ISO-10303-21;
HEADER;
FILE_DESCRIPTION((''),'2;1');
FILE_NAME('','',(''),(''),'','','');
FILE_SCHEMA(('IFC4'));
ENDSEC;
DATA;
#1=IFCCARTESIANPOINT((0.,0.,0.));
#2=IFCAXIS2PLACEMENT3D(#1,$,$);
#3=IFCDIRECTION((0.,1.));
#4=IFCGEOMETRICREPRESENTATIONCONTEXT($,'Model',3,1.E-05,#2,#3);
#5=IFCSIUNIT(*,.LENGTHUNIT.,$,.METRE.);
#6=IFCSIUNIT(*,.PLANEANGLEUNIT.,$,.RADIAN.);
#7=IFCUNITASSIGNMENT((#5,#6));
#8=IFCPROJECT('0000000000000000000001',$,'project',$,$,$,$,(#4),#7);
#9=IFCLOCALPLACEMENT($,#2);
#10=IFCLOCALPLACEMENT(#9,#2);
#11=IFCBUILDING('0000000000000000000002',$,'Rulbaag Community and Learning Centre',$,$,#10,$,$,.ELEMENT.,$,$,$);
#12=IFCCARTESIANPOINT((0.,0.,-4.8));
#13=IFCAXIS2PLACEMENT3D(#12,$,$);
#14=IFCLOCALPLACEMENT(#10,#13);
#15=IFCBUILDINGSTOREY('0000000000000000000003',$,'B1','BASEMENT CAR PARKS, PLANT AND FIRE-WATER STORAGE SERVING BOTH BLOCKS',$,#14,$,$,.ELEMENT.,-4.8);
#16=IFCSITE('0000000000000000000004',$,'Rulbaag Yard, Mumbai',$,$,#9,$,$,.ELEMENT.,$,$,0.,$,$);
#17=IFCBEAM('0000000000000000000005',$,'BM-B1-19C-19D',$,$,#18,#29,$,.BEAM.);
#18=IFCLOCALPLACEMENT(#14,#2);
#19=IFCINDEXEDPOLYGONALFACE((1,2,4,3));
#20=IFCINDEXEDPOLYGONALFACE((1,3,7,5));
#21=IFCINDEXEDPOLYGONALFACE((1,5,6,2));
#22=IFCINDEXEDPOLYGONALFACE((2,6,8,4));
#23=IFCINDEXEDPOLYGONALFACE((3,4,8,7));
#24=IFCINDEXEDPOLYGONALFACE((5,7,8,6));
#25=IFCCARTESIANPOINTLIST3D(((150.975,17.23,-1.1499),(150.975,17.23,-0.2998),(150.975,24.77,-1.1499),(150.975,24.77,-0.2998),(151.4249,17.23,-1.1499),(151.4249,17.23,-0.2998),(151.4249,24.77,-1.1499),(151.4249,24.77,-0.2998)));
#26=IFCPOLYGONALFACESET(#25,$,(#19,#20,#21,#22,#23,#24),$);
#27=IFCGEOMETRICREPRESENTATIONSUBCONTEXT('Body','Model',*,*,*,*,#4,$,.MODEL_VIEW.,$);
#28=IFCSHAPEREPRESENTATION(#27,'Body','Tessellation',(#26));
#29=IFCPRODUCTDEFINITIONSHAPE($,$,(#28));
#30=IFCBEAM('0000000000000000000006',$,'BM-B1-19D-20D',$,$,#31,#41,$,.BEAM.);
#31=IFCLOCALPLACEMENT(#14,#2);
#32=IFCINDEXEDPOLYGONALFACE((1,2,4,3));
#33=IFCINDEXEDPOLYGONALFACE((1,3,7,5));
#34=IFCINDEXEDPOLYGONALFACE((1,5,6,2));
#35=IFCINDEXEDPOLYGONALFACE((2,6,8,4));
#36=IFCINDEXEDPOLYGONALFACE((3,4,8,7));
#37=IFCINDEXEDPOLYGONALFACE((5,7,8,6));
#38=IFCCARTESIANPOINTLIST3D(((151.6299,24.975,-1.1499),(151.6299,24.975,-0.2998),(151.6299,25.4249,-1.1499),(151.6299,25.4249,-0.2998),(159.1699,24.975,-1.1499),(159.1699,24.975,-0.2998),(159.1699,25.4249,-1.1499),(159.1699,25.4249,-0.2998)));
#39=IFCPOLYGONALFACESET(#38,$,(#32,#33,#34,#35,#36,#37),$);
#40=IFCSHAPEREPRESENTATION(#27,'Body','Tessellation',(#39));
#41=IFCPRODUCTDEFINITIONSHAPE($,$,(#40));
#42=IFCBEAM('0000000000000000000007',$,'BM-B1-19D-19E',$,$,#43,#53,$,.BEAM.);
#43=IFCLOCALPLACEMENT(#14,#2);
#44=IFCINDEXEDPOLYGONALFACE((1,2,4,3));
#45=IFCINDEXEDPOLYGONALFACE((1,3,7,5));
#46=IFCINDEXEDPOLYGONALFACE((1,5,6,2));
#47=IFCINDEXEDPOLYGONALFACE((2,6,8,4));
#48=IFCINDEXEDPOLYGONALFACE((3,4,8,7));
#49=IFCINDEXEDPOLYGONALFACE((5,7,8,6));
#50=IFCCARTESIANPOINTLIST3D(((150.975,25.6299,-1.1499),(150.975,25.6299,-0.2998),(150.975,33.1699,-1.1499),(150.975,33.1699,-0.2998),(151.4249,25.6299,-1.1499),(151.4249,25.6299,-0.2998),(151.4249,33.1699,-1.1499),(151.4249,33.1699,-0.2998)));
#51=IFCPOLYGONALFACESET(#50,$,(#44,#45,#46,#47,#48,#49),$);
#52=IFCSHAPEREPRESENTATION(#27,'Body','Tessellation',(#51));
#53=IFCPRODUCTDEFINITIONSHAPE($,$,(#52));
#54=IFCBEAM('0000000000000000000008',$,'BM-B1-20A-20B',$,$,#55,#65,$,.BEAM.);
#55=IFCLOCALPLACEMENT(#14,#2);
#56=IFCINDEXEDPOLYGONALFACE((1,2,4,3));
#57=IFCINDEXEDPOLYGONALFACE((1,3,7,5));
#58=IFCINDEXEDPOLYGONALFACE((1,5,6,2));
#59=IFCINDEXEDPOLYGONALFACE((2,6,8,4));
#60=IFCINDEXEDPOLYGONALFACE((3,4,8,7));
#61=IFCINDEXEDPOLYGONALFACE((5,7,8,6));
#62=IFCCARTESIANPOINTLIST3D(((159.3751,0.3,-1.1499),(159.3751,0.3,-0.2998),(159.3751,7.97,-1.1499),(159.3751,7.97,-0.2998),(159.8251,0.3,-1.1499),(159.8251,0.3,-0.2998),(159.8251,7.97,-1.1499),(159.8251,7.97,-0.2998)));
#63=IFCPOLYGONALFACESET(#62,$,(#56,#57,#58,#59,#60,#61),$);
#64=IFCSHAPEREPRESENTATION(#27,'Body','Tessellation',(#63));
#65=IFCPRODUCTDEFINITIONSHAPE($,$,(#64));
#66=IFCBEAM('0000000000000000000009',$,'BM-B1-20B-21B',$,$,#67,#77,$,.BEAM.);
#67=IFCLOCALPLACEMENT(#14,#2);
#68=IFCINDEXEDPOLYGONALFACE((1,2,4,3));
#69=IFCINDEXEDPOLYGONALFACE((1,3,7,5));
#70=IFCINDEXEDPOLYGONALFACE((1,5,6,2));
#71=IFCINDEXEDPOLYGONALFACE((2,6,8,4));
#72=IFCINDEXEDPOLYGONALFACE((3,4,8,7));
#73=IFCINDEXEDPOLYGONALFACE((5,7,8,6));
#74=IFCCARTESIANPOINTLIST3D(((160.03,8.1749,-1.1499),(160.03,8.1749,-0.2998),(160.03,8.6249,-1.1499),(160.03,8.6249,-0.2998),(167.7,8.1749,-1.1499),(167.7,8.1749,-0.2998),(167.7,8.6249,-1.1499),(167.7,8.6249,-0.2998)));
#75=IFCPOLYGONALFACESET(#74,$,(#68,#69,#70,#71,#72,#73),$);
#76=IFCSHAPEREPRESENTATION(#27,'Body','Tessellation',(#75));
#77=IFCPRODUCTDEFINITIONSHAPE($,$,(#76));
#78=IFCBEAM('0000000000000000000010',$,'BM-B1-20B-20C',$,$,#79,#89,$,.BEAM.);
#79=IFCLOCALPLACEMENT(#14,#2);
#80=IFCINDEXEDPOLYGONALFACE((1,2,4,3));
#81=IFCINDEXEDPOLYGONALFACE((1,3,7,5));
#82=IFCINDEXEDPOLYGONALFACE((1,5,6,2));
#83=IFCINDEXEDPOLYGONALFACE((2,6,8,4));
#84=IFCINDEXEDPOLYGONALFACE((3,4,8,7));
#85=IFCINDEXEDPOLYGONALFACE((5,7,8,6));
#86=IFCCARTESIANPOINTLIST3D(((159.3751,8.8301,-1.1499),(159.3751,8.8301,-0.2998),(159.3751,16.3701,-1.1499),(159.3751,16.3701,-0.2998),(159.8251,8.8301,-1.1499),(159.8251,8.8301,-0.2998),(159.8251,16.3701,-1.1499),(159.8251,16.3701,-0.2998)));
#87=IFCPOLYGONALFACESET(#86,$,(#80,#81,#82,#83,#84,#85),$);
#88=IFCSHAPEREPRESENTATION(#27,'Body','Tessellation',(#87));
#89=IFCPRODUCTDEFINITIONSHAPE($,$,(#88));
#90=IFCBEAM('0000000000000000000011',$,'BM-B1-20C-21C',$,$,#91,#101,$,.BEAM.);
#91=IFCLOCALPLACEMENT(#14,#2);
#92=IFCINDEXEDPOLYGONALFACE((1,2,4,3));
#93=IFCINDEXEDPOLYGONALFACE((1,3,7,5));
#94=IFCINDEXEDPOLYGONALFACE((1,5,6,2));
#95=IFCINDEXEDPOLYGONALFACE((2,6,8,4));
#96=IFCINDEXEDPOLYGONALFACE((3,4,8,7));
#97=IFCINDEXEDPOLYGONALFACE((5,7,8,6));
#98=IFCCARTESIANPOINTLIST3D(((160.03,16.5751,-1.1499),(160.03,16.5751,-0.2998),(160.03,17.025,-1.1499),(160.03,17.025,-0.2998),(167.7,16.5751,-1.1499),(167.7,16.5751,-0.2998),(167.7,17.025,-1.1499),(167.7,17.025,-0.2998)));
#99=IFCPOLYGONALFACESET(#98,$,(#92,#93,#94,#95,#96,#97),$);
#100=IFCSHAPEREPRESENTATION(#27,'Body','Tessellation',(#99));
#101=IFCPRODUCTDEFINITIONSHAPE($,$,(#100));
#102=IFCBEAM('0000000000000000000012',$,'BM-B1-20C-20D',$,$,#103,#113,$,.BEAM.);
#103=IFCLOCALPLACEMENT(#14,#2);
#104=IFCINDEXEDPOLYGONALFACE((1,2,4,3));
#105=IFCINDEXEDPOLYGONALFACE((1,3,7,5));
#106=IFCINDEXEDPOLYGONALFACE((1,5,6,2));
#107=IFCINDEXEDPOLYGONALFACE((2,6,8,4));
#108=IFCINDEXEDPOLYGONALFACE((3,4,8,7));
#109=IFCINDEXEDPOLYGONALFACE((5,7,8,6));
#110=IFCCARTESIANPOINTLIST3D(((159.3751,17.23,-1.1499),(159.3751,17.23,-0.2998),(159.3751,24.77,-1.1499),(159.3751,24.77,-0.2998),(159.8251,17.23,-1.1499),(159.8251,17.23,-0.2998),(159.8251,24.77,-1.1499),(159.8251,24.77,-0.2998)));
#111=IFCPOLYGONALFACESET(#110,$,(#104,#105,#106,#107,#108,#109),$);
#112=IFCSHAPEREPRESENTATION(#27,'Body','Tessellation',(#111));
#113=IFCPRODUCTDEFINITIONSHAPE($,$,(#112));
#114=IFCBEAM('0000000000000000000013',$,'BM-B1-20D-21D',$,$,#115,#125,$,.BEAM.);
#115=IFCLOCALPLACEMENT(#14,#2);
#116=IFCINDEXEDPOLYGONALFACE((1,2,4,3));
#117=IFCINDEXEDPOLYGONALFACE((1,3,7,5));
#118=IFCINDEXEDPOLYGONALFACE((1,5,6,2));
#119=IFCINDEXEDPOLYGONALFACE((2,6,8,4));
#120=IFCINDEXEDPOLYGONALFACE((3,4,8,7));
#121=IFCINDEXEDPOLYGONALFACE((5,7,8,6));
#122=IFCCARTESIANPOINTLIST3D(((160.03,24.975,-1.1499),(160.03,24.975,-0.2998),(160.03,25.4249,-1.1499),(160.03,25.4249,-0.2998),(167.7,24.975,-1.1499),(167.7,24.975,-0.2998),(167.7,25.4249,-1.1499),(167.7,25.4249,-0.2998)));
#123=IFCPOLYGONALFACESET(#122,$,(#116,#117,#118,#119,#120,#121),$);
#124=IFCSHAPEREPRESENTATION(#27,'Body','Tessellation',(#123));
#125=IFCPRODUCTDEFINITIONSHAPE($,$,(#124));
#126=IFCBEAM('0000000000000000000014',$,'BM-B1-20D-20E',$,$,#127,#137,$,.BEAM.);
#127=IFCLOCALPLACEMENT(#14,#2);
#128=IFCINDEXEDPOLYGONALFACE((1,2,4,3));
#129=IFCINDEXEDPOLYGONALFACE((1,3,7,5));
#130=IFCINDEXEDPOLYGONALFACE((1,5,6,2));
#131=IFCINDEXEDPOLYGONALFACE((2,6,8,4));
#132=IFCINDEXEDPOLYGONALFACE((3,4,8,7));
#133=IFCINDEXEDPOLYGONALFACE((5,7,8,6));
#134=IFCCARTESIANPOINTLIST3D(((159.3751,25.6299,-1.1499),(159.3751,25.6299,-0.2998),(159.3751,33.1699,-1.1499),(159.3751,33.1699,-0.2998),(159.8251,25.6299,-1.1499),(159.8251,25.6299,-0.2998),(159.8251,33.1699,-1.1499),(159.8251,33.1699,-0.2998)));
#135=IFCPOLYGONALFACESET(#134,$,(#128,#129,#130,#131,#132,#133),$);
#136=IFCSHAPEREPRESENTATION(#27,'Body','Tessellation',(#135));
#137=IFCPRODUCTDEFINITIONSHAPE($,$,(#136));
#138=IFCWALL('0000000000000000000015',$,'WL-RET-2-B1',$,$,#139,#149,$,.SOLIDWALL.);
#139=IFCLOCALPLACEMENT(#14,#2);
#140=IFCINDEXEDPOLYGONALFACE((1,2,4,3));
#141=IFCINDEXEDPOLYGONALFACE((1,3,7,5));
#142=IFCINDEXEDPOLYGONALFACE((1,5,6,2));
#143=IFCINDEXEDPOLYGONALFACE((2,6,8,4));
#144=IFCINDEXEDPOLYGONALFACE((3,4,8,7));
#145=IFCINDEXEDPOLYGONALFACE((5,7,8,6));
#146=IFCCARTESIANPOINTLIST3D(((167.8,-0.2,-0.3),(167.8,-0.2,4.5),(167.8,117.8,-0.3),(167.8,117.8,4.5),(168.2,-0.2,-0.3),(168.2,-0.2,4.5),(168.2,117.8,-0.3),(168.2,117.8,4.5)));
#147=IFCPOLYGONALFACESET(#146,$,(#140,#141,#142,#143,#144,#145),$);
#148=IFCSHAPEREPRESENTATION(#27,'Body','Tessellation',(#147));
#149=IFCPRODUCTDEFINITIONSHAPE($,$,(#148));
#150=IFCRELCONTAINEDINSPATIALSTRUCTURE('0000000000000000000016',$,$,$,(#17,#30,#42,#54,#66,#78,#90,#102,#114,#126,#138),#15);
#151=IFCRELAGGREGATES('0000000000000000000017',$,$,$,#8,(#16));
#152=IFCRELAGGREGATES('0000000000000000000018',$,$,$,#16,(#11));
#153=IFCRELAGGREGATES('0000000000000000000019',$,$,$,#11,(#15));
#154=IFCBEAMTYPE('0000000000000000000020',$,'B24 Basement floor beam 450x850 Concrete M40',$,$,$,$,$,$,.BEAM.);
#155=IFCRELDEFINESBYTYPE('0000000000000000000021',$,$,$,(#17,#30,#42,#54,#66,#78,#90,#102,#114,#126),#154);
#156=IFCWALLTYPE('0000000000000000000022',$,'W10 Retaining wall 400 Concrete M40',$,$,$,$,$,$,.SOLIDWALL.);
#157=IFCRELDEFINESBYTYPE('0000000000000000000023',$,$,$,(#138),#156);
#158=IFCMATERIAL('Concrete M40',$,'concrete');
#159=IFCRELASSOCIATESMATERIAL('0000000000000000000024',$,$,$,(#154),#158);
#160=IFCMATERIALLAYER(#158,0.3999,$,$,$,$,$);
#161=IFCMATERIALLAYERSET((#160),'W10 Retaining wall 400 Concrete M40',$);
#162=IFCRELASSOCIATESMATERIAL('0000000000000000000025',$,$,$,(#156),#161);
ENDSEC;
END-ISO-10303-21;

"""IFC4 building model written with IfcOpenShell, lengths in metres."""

from ifc_helpers import new_model, si_unit, direction, frame, frame_2d, origin, origin_2d, place, context, subcontext, project, spatial, rectangle, extrude, material, layer, layer_set, material_profile, profile_set, type_object, element, save


model = new_model("IFC4")

# Units and contexts
model_context = context("Model", 3, precision=1e-05, world=origin(), true_north=direction((0.0, 1.0)))
body_context = subcontext(model_context, "Body", "Model", "MODEL_VIEW")
ifc_project = project(units=[si_unit("LENGTHUNIT", "METRE"), si_unit("PLANEANGLEUNIT", "RADIAN")], contexts=[model_context])

# Site, building, storey
site_placement = place(None, origin())
site = spatial("IfcSite", under=ifc_project, at=site_placement, Name="Rulbaag Yard, Mumbai", CompositionType="ELEMENT", RefElevation=0.0)
building_placement = place(site_placement, origin())
building = spatial("IfcBuilding", under=site, at=building_placement, Name="Rulbaag Community and Learning Centre", CompositionType="ELEMENT")
storey_placement = place(building_placement, frame((0.0, 0.0, -4.8)))
storey = spatial("IfcBuildingStorey", under=building, at=storey_placement, Name="B1", Description="BASEMENT CAR PARKS, PLANT AND FIRE-WATER STORAGE SERVING BOTH BLOCKS", CompositionType="ELEMENT", Elevation=-4.8)

# Beams
ifc_material_1 = material(Name="Concrete M40", Category="concrete")
ifc_material_profile_1 = material_profile(ifc_material_1, rectangle(XDim=0.45, YDim=0.8501, at=origin_2d()), Name="RB450x850")
ifc_profile_set_1 = profile_set([ifc_material_profile_1], Name="Concrete M40")
beam_type = type_object("IfcBeamType", Name="B24 Basement floor beam 450x850 Concrete M40", PredefinedType="BEAM", material=ifc_profile_set_1)
for number, where, z_axis, x_axis, name in (
    (1, (151.2, 17.23, -0.7249), (0.0, 1.0, 0.0), (-1.0, 0.0, 0.0), "BM-B1-19C-19D"),
    (2, (151.6299, 25.2, -0.7249), (1.0, 0.0, 0.0), (0.0, 1.0, 0.0), "BM-B1-19D-20D"),
    (3, (151.2, 25.6299, -0.7249), (0.0, 1.0, 0.0), (-1.0, 0.0, 0.0), "BM-B1-19D-19E"),
):
    element("IfcBeam", number, at=place(storey_placement, frame(where, z_axis=z_axis, x_axis=x_axis)), inside=storey, type_object=beam_type, Name=name, PredefinedType="BEAM", context=body_context, shape_type="SweptSolid", body=[
        extrude(rectangle(XDim=0.45, YDim=0.8501, at=origin_2d()), origin(), (0.0, 0.0, 1.0), 7.54),
    ])
for number, where, z_axis, x_axis, name in (
    (4, (159.6001, 0.3, -0.7249), (0.0, 1.0, 0.0), (-1.0, 0.0, 0.0), "BM-B1-20A-20B"),
    (5, (160.03, 8.3999, -0.7249), (1.0, 0.0, 0.0), (0.0, 1.0, 0.0), "BM-B1-20B-21B"),
):
    element("IfcBeam", number, at=place(storey_placement, frame(where, z_axis=z_axis, x_axis=x_axis)), inside=storey, type_object=beam_type, Name=name, PredefinedType="BEAM", context=body_context, shape_type="SweptSolid", body=[
        extrude(rectangle(XDim=0.45, YDim=0.8501, at=origin_2d()), origin(), (0.0, 0.0, 1.0), 7.6699),
    ])
beam_1_placement = place(storey_placement, frame((159.6001, 8.8301, -0.7249), z_axis=(0.0, 1.0, 0.0), x_axis=(-1.0, 0.0, 0.0)))
element("IfcBeam", 6, at=beam_1_placement, inside=storey, type_object=beam_type, Name="BM-B1-20B-20C", PredefinedType="BEAM", context=body_context, shape_type="SweptSolid", body=[
    extrude(rectangle(XDim=0.45, YDim=0.8501, at=origin_2d()), origin(), (0.0, 0.0, 1.0), 7.54),
])
beam_2_placement = place(storey_placement, frame((160.03, 16.8, -0.7249), z_axis=(1.0, 0.0, 0.0), x_axis=(0.0, 1.0, 0.0)))
element("IfcBeam", 7, at=beam_2_placement, inside=storey, type_object=beam_type, Name="BM-B1-20C-21C", PredefinedType="BEAM", context=body_context, shape_type="SweptSolid", body=[
    extrude(rectangle(XDim=0.45, YDim=0.8501, at=origin_2d()), origin(), (0.0, 0.0, 1.0), 7.6699),
])
beam_3_placement = place(storey_placement, frame((159.6001, 17.23, -0.7249), z_axis=(0.0, 1.0, 0.0), x_axis=(-1.0, 0.0, 0.0)))
element("IfcBeam", 8, at=beam_3_placement, inside=storey, type_object=beam_type, Name="BM-B1-20C-20D", PredefinedType="BEAM", context=body_context, shape_type="SweptSolid", body=[
    extrude(rectangle(XDim=0.45, YDim=0.8501, at=origin_2d()), origin(), (0.0, 0.0, 1.0), 7.54),
])
beam_4_placement = place(storey_placement, frame((160.03, 25.2, -0.7249), z_axis=(1.0, 0.0, 0.0), x_axis=(0.0, 1.0, 0.0)))
element("IfcBeam", 9, at=beam_4_placement, inside=storey, type_object=beam_type, Name="BM-B1-20D-21D", PredefinedType="BEAM", context=body_context, shape_type="SweptSolid", body=[
    extrude(rectangle(XDim=0.45, YDim=0.8501, at=origin_2d()), origin(), (0.0, 0.0, 1.0), 7.6699),
])
beam_5_placement = place(storey_placement, frame((159.6001, 25.6299, -0.7249), z_axis=(0.0, 1.0, 0.0), x_axis=(-1.0, 0.0, 0.0)))
element("IfcBeam", 10, at=beam_5_placement, inside=storey, type_object=beam_type, Name="BM-B1-20D-20E", PredefinedType="BEAM", context=body_context, shape_type="SweptSolid", body=[
    extrude(rectangle(XDim=0.45, YDim=0.8501, at=origin_2d()), origin(), (0.0, 0.0, 1.0), 7.54),
])

# Wall
ifc_layer = layer(ifc_material_1, 0.3999)
ifc_layer_set = layer_set([ifc_layer], Name="W10 Retaining wall 400 Concrete M40")
wall_type = type_object("IfcWallType", Name="W10 Retaining wall 400 Concrete M40", PredefinedType="SOLIDWALL", material=ifc_layer_set)
wall_placement = place(storey_placement, frame((168.0, -0.2, -0.3), z_axis=(0.0, 0.0, 1.0), x_axis=(0.0, 1.0, 0.0)))
element("IfcWall", 11, at=wall_placement, inside=storey, type_object=wall_type, Name="WL-RET-2-B1", PredefinedType="SOLIDWALL", context=body_context, shape_type="SweptSolid", body=[
    extrude(rectangle(XDim=118.0, YDim=0.3999, at=frame_2d((59.0, 0.0))), origin(), (0.0, 0.0, 1.0), 4.8),
])

save(model, "model.ifc")
